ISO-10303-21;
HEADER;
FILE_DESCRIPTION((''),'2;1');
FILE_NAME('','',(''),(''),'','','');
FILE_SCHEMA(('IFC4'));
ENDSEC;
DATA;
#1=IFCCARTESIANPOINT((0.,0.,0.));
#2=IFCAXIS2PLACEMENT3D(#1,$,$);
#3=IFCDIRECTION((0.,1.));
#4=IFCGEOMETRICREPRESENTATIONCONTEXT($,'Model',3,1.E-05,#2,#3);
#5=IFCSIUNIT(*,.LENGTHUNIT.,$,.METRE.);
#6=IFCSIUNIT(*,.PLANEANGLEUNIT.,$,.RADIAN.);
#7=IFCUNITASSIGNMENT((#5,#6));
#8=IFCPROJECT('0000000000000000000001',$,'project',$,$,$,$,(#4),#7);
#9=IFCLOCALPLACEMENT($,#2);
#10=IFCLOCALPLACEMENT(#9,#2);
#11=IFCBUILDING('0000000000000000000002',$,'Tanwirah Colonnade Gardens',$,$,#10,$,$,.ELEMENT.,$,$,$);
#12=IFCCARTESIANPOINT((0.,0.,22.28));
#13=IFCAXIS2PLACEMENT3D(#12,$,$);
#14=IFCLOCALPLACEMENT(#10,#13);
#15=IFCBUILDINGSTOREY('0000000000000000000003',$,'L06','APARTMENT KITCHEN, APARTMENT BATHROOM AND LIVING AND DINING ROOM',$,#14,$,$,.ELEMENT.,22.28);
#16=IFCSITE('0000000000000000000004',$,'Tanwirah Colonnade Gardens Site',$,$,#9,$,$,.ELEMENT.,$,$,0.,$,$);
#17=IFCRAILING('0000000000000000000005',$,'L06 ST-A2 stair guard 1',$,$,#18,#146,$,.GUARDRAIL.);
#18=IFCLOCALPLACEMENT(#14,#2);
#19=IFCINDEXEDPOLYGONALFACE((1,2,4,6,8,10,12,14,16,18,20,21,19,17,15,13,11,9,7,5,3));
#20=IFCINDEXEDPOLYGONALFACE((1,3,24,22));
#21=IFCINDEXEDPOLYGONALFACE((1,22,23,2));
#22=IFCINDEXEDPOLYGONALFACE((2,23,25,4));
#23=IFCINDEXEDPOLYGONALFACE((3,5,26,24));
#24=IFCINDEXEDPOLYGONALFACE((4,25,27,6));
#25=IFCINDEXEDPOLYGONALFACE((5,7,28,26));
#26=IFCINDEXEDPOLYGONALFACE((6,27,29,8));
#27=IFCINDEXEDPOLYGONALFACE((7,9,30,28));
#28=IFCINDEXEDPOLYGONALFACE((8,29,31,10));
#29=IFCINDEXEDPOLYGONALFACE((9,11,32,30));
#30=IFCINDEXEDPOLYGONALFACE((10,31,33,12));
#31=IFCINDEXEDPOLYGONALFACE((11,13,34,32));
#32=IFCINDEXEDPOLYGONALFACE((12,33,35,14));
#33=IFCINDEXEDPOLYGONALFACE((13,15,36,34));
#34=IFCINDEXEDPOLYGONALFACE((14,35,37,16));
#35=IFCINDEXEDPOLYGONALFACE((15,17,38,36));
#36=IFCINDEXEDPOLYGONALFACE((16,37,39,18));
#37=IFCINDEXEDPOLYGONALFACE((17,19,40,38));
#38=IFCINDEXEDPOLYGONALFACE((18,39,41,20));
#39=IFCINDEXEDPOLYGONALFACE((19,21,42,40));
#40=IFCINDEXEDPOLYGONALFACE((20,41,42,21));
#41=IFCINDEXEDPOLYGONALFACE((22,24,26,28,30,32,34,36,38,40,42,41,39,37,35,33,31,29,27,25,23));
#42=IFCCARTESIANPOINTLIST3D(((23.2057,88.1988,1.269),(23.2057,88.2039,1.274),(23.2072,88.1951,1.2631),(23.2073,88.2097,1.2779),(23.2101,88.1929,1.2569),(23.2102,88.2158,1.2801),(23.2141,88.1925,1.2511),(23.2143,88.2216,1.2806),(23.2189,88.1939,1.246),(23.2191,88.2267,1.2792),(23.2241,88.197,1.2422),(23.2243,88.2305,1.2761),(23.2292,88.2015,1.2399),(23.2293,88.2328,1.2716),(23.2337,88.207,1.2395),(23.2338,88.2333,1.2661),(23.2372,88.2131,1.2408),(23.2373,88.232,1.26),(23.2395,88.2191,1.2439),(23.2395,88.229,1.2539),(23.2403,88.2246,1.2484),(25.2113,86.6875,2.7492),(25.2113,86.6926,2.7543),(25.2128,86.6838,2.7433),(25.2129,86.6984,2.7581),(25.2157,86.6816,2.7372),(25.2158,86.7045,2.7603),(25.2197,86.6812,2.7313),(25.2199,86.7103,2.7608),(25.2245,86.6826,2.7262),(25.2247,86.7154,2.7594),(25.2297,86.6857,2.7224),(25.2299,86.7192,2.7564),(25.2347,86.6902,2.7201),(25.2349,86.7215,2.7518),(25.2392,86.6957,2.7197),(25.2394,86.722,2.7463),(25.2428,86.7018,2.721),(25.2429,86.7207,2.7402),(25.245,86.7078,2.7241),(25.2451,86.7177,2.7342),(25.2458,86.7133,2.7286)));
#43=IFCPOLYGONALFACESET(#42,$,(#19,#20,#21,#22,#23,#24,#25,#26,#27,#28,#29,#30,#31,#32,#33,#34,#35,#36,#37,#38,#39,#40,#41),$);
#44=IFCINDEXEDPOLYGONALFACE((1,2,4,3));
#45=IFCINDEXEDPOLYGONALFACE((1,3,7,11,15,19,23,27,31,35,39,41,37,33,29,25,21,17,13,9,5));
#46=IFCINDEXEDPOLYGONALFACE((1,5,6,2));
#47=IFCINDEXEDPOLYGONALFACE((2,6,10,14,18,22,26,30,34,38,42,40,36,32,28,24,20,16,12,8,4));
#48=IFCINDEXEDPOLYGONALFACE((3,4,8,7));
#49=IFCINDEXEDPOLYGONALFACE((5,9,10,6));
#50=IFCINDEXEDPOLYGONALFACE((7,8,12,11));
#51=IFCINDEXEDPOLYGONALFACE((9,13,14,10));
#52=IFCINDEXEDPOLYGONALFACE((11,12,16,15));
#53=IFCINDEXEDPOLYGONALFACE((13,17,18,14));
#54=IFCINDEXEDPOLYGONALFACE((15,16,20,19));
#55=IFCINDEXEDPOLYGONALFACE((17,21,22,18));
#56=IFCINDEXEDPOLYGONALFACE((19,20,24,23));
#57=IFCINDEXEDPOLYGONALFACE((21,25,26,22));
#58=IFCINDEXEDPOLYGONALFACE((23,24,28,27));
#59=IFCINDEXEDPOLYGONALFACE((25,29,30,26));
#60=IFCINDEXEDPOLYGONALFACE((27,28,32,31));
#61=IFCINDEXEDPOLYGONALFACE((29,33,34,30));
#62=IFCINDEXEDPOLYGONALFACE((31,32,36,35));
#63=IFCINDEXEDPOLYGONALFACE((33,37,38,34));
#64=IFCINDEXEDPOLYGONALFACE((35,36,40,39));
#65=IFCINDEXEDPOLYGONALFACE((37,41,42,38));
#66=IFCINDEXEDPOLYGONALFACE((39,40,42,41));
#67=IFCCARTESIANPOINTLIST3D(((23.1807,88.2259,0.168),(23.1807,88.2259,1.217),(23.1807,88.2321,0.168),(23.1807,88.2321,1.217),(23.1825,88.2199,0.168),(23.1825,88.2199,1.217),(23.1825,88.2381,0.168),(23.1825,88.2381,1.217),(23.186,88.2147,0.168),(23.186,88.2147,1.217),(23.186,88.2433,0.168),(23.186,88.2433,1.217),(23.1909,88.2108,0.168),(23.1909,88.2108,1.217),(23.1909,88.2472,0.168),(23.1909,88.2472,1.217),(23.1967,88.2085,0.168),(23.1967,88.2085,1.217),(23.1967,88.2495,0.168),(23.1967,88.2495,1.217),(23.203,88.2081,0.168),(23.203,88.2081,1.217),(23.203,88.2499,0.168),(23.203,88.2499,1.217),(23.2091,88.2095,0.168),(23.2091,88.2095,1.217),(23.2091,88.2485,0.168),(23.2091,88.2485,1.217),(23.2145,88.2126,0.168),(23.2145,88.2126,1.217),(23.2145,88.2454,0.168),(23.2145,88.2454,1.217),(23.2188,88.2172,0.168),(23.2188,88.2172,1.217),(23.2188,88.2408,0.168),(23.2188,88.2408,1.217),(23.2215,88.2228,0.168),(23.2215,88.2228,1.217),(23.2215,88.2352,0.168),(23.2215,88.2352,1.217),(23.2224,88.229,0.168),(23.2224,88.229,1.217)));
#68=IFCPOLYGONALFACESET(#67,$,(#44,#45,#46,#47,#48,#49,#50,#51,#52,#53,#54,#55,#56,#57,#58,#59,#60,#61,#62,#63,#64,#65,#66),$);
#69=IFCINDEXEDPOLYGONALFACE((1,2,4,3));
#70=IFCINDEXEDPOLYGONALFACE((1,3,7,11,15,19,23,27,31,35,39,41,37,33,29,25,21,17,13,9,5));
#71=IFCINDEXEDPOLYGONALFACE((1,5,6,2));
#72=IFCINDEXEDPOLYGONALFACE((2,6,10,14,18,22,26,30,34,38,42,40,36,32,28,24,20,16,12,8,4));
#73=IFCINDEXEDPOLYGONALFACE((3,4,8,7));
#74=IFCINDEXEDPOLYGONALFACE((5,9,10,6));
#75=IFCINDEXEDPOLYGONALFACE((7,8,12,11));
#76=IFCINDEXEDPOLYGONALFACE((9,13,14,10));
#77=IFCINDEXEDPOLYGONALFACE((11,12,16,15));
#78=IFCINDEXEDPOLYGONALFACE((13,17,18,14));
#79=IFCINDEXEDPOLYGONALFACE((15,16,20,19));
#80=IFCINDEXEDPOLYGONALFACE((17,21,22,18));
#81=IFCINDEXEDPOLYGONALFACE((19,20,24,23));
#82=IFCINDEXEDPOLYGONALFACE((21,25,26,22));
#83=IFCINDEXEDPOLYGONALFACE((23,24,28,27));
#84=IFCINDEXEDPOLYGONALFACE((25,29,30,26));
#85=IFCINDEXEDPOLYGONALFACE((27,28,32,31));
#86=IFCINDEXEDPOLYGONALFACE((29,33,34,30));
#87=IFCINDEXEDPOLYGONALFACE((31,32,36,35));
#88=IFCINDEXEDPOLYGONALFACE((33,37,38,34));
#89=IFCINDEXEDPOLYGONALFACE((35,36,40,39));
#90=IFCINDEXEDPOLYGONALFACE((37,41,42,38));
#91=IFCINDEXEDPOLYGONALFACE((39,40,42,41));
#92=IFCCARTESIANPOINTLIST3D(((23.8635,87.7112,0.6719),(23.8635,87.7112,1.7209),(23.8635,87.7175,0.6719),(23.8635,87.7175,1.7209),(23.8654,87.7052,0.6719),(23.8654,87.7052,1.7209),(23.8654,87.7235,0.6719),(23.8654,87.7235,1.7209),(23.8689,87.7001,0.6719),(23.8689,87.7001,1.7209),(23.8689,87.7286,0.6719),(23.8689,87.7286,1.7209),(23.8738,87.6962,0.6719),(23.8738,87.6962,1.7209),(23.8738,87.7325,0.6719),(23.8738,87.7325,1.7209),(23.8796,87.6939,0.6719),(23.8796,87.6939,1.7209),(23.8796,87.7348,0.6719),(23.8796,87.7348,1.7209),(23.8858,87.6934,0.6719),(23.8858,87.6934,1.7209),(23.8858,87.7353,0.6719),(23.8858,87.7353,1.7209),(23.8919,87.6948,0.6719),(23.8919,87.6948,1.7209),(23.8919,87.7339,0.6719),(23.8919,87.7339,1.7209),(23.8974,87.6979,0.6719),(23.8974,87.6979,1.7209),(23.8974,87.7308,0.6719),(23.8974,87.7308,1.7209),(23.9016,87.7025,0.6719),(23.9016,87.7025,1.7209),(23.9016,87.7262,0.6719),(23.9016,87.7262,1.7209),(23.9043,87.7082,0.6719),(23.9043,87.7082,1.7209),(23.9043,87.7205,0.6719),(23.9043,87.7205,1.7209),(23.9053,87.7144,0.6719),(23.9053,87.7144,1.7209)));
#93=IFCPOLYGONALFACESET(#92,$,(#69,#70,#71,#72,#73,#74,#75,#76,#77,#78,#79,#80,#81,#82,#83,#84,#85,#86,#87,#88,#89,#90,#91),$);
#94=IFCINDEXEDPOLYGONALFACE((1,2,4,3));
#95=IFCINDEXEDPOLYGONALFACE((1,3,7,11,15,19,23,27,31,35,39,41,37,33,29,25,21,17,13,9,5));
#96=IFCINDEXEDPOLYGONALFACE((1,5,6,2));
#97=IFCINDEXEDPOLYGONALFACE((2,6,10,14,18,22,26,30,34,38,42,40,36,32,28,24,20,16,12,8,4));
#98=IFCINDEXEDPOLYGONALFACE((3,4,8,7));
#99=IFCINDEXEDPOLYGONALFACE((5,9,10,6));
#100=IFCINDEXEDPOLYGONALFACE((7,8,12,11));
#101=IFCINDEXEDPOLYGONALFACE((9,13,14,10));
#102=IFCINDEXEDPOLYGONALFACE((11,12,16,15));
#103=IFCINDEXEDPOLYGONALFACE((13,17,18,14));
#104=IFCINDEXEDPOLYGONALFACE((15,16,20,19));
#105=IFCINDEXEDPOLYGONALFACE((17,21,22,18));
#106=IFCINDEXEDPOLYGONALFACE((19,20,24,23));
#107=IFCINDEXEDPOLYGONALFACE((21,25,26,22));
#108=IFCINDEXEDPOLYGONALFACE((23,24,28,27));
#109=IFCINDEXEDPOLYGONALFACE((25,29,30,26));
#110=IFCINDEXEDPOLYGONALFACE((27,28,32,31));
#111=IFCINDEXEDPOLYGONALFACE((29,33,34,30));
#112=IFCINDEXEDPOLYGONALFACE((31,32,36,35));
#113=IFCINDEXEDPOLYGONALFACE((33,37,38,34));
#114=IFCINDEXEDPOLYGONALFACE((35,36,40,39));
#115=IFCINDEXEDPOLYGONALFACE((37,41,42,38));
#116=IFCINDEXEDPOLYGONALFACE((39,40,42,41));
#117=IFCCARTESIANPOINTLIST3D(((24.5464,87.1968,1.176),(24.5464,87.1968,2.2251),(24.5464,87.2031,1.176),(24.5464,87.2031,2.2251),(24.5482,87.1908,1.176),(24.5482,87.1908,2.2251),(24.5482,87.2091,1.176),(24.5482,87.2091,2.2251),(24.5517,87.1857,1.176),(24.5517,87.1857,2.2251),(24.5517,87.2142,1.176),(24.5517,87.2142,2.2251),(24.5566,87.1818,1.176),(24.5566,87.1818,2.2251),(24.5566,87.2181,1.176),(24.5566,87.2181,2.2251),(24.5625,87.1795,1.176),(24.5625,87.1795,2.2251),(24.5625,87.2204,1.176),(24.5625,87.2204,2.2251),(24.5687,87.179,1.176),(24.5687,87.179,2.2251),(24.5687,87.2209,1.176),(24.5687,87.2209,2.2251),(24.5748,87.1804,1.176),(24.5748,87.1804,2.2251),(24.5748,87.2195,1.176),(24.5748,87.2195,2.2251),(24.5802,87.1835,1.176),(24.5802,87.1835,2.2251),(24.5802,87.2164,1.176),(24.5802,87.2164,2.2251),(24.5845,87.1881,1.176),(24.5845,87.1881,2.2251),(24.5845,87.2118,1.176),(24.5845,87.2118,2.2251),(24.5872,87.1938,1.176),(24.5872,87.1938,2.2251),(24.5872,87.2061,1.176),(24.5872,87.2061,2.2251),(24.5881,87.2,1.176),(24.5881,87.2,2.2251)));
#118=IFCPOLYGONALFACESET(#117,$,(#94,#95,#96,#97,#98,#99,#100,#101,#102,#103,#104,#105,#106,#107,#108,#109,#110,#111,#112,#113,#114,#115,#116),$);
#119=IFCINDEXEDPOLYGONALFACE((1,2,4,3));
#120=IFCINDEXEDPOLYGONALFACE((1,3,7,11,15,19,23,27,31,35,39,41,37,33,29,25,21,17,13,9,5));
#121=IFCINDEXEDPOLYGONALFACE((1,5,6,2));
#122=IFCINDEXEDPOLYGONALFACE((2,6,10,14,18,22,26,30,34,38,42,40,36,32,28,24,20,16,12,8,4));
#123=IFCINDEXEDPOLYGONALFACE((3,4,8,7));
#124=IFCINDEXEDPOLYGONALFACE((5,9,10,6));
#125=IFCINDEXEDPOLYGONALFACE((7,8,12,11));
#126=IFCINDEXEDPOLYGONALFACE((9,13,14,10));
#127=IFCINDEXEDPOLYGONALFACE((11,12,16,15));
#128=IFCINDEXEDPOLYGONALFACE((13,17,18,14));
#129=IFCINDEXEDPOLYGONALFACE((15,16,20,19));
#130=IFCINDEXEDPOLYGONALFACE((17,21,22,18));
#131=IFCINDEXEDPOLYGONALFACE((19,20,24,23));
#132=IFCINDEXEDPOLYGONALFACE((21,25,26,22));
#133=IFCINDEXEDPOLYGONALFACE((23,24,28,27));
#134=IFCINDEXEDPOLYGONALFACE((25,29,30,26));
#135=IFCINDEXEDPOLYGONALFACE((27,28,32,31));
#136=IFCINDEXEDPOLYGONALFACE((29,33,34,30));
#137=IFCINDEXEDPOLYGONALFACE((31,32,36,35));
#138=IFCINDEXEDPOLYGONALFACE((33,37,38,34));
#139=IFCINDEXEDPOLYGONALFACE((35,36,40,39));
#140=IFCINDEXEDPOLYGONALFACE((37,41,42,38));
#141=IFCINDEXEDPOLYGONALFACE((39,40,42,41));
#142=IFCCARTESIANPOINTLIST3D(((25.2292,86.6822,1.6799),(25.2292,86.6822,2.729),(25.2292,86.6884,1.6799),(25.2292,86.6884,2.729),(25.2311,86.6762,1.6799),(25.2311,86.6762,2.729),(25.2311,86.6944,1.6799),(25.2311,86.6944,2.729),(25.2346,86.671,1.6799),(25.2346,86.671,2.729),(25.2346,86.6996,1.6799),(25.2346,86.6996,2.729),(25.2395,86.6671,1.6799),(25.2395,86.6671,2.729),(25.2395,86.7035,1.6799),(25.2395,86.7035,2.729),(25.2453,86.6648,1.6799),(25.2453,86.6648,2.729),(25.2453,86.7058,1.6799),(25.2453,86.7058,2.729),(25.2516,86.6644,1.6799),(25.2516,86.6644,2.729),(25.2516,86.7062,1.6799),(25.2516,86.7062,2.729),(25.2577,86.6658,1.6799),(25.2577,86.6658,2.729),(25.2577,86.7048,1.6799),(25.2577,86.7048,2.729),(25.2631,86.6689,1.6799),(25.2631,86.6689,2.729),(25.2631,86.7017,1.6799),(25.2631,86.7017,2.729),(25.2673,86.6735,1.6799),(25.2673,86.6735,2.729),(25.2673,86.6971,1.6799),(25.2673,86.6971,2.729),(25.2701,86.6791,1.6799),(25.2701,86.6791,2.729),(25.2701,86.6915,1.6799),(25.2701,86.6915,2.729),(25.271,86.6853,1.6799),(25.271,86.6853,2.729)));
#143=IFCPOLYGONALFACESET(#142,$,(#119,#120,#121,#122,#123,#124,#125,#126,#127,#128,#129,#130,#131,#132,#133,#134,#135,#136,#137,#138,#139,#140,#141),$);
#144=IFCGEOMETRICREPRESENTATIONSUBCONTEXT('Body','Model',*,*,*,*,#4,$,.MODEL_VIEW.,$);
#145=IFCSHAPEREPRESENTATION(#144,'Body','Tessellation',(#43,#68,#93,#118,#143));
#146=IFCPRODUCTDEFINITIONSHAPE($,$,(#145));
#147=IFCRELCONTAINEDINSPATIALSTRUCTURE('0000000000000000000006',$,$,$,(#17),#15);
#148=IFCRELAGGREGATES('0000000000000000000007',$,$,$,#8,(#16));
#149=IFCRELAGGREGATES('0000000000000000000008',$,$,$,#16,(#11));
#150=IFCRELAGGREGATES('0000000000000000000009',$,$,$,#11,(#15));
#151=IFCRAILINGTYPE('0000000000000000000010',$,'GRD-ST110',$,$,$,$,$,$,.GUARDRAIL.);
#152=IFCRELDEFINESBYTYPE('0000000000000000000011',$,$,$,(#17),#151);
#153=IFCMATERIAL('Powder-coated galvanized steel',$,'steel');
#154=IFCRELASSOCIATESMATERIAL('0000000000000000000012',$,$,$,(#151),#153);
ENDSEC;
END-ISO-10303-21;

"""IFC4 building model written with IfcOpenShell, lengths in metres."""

from ifc_helpers import new_model, si_unit, direction, frame, origin, origin_2d, place, context, subcontext, project, spatial, circle, extrude, material, type_object, element, save


model = new_model("IFC4")

# Units and contexts
model_context = context("Model", 3, precision=1e-05, world=origin(), true_north=direction((0.0, 1.0)))
body_context = subcontext(model_context, "Body", "Model", "MODEL_VIEW")
ifc_project = project(units=[si_unit("LENGTHUNIT", "METRE"), si_unit("PLANEANGLEUNIT", "RADIAN")], contexts=[model_context])

# Site, building, storey
site_placement = place(None, origin())
site = spatial("IfcSite", under=ifc_project, at=site_placement, Name="Tanwirah Colonnade Gardens Site", CompositionType="ELEMENT", RefElevation=0.0)
building_placement = place(site_placement, origin())
building = spatial("IfcBuilding", under=site, at=building_placement, Name="Tanwirah Colonnade Gardens", CompositionType="ELEMENT")
storey_placement = place(building_placement, frame((0.0, 0.0, 22.28)))
storey = spatial("IfcBuildingStorey", under=building, at=storey_placement, Name="L06", Description="APARTMENT KITCHEN, APARTMENT BATHROOM AND LIVING AND DINING ROOM", CompositionType="ELEMENT", Elevation=22.28)

# Railing
ifc_material_1 = material(Name="Powder-coated galvanized steel", Category="steel")
railing_type_1 = type_object("IfcRailingType", Name="GRD-ST110", PredefinedType="GUARDRAIL", material=ifc_material_1)
railing_1_placement = place(storey_placement, frame((23.2014, 88.229, 0.168)))
element("IfcRailing", 1, at=railing_1_placement, inside=storey, type_object=railing_type_1, Name="L06 ST-A2 stair guard 1", PredefinedType="GUARDRAIL", context=body_context, shape_type="SweptSolid", body=[
    extrude(circle(Radius=0.0239, at=origin_2d()), frame((0.0215, -0.0161, 1.092), z_axis=(0.688012, -0.518449, 0.507789), x_axis=(0.601811, 0.798639, 0.0)), (0.0, 0.0, 1.0), 2.915),
    extrude(circle(Radius=0.021, at=origin_2d()), origin(), (0.0, 0.0, 1.0), 1.0491),
    extrude(circle(Radius=0.021, at=origin_2d()), frame((0.6829, -0.5146, 0.5039)), (0.0, 0.0, 1.0), 1.0491),
    extrude(circle(Radius=0.021, at=origin_2d()), frame((1.3657, -1.0291, 1.0081)), (0.0, 0.0, 1.0), 1.0491),
    extrude(circle(Radius=0.021, at=origin_2d()), frame((2.0486, -1.5437, 1.512)), (0.0, 0.0, 1.0), 1.0491),
])

save(model, "model.ifc")
